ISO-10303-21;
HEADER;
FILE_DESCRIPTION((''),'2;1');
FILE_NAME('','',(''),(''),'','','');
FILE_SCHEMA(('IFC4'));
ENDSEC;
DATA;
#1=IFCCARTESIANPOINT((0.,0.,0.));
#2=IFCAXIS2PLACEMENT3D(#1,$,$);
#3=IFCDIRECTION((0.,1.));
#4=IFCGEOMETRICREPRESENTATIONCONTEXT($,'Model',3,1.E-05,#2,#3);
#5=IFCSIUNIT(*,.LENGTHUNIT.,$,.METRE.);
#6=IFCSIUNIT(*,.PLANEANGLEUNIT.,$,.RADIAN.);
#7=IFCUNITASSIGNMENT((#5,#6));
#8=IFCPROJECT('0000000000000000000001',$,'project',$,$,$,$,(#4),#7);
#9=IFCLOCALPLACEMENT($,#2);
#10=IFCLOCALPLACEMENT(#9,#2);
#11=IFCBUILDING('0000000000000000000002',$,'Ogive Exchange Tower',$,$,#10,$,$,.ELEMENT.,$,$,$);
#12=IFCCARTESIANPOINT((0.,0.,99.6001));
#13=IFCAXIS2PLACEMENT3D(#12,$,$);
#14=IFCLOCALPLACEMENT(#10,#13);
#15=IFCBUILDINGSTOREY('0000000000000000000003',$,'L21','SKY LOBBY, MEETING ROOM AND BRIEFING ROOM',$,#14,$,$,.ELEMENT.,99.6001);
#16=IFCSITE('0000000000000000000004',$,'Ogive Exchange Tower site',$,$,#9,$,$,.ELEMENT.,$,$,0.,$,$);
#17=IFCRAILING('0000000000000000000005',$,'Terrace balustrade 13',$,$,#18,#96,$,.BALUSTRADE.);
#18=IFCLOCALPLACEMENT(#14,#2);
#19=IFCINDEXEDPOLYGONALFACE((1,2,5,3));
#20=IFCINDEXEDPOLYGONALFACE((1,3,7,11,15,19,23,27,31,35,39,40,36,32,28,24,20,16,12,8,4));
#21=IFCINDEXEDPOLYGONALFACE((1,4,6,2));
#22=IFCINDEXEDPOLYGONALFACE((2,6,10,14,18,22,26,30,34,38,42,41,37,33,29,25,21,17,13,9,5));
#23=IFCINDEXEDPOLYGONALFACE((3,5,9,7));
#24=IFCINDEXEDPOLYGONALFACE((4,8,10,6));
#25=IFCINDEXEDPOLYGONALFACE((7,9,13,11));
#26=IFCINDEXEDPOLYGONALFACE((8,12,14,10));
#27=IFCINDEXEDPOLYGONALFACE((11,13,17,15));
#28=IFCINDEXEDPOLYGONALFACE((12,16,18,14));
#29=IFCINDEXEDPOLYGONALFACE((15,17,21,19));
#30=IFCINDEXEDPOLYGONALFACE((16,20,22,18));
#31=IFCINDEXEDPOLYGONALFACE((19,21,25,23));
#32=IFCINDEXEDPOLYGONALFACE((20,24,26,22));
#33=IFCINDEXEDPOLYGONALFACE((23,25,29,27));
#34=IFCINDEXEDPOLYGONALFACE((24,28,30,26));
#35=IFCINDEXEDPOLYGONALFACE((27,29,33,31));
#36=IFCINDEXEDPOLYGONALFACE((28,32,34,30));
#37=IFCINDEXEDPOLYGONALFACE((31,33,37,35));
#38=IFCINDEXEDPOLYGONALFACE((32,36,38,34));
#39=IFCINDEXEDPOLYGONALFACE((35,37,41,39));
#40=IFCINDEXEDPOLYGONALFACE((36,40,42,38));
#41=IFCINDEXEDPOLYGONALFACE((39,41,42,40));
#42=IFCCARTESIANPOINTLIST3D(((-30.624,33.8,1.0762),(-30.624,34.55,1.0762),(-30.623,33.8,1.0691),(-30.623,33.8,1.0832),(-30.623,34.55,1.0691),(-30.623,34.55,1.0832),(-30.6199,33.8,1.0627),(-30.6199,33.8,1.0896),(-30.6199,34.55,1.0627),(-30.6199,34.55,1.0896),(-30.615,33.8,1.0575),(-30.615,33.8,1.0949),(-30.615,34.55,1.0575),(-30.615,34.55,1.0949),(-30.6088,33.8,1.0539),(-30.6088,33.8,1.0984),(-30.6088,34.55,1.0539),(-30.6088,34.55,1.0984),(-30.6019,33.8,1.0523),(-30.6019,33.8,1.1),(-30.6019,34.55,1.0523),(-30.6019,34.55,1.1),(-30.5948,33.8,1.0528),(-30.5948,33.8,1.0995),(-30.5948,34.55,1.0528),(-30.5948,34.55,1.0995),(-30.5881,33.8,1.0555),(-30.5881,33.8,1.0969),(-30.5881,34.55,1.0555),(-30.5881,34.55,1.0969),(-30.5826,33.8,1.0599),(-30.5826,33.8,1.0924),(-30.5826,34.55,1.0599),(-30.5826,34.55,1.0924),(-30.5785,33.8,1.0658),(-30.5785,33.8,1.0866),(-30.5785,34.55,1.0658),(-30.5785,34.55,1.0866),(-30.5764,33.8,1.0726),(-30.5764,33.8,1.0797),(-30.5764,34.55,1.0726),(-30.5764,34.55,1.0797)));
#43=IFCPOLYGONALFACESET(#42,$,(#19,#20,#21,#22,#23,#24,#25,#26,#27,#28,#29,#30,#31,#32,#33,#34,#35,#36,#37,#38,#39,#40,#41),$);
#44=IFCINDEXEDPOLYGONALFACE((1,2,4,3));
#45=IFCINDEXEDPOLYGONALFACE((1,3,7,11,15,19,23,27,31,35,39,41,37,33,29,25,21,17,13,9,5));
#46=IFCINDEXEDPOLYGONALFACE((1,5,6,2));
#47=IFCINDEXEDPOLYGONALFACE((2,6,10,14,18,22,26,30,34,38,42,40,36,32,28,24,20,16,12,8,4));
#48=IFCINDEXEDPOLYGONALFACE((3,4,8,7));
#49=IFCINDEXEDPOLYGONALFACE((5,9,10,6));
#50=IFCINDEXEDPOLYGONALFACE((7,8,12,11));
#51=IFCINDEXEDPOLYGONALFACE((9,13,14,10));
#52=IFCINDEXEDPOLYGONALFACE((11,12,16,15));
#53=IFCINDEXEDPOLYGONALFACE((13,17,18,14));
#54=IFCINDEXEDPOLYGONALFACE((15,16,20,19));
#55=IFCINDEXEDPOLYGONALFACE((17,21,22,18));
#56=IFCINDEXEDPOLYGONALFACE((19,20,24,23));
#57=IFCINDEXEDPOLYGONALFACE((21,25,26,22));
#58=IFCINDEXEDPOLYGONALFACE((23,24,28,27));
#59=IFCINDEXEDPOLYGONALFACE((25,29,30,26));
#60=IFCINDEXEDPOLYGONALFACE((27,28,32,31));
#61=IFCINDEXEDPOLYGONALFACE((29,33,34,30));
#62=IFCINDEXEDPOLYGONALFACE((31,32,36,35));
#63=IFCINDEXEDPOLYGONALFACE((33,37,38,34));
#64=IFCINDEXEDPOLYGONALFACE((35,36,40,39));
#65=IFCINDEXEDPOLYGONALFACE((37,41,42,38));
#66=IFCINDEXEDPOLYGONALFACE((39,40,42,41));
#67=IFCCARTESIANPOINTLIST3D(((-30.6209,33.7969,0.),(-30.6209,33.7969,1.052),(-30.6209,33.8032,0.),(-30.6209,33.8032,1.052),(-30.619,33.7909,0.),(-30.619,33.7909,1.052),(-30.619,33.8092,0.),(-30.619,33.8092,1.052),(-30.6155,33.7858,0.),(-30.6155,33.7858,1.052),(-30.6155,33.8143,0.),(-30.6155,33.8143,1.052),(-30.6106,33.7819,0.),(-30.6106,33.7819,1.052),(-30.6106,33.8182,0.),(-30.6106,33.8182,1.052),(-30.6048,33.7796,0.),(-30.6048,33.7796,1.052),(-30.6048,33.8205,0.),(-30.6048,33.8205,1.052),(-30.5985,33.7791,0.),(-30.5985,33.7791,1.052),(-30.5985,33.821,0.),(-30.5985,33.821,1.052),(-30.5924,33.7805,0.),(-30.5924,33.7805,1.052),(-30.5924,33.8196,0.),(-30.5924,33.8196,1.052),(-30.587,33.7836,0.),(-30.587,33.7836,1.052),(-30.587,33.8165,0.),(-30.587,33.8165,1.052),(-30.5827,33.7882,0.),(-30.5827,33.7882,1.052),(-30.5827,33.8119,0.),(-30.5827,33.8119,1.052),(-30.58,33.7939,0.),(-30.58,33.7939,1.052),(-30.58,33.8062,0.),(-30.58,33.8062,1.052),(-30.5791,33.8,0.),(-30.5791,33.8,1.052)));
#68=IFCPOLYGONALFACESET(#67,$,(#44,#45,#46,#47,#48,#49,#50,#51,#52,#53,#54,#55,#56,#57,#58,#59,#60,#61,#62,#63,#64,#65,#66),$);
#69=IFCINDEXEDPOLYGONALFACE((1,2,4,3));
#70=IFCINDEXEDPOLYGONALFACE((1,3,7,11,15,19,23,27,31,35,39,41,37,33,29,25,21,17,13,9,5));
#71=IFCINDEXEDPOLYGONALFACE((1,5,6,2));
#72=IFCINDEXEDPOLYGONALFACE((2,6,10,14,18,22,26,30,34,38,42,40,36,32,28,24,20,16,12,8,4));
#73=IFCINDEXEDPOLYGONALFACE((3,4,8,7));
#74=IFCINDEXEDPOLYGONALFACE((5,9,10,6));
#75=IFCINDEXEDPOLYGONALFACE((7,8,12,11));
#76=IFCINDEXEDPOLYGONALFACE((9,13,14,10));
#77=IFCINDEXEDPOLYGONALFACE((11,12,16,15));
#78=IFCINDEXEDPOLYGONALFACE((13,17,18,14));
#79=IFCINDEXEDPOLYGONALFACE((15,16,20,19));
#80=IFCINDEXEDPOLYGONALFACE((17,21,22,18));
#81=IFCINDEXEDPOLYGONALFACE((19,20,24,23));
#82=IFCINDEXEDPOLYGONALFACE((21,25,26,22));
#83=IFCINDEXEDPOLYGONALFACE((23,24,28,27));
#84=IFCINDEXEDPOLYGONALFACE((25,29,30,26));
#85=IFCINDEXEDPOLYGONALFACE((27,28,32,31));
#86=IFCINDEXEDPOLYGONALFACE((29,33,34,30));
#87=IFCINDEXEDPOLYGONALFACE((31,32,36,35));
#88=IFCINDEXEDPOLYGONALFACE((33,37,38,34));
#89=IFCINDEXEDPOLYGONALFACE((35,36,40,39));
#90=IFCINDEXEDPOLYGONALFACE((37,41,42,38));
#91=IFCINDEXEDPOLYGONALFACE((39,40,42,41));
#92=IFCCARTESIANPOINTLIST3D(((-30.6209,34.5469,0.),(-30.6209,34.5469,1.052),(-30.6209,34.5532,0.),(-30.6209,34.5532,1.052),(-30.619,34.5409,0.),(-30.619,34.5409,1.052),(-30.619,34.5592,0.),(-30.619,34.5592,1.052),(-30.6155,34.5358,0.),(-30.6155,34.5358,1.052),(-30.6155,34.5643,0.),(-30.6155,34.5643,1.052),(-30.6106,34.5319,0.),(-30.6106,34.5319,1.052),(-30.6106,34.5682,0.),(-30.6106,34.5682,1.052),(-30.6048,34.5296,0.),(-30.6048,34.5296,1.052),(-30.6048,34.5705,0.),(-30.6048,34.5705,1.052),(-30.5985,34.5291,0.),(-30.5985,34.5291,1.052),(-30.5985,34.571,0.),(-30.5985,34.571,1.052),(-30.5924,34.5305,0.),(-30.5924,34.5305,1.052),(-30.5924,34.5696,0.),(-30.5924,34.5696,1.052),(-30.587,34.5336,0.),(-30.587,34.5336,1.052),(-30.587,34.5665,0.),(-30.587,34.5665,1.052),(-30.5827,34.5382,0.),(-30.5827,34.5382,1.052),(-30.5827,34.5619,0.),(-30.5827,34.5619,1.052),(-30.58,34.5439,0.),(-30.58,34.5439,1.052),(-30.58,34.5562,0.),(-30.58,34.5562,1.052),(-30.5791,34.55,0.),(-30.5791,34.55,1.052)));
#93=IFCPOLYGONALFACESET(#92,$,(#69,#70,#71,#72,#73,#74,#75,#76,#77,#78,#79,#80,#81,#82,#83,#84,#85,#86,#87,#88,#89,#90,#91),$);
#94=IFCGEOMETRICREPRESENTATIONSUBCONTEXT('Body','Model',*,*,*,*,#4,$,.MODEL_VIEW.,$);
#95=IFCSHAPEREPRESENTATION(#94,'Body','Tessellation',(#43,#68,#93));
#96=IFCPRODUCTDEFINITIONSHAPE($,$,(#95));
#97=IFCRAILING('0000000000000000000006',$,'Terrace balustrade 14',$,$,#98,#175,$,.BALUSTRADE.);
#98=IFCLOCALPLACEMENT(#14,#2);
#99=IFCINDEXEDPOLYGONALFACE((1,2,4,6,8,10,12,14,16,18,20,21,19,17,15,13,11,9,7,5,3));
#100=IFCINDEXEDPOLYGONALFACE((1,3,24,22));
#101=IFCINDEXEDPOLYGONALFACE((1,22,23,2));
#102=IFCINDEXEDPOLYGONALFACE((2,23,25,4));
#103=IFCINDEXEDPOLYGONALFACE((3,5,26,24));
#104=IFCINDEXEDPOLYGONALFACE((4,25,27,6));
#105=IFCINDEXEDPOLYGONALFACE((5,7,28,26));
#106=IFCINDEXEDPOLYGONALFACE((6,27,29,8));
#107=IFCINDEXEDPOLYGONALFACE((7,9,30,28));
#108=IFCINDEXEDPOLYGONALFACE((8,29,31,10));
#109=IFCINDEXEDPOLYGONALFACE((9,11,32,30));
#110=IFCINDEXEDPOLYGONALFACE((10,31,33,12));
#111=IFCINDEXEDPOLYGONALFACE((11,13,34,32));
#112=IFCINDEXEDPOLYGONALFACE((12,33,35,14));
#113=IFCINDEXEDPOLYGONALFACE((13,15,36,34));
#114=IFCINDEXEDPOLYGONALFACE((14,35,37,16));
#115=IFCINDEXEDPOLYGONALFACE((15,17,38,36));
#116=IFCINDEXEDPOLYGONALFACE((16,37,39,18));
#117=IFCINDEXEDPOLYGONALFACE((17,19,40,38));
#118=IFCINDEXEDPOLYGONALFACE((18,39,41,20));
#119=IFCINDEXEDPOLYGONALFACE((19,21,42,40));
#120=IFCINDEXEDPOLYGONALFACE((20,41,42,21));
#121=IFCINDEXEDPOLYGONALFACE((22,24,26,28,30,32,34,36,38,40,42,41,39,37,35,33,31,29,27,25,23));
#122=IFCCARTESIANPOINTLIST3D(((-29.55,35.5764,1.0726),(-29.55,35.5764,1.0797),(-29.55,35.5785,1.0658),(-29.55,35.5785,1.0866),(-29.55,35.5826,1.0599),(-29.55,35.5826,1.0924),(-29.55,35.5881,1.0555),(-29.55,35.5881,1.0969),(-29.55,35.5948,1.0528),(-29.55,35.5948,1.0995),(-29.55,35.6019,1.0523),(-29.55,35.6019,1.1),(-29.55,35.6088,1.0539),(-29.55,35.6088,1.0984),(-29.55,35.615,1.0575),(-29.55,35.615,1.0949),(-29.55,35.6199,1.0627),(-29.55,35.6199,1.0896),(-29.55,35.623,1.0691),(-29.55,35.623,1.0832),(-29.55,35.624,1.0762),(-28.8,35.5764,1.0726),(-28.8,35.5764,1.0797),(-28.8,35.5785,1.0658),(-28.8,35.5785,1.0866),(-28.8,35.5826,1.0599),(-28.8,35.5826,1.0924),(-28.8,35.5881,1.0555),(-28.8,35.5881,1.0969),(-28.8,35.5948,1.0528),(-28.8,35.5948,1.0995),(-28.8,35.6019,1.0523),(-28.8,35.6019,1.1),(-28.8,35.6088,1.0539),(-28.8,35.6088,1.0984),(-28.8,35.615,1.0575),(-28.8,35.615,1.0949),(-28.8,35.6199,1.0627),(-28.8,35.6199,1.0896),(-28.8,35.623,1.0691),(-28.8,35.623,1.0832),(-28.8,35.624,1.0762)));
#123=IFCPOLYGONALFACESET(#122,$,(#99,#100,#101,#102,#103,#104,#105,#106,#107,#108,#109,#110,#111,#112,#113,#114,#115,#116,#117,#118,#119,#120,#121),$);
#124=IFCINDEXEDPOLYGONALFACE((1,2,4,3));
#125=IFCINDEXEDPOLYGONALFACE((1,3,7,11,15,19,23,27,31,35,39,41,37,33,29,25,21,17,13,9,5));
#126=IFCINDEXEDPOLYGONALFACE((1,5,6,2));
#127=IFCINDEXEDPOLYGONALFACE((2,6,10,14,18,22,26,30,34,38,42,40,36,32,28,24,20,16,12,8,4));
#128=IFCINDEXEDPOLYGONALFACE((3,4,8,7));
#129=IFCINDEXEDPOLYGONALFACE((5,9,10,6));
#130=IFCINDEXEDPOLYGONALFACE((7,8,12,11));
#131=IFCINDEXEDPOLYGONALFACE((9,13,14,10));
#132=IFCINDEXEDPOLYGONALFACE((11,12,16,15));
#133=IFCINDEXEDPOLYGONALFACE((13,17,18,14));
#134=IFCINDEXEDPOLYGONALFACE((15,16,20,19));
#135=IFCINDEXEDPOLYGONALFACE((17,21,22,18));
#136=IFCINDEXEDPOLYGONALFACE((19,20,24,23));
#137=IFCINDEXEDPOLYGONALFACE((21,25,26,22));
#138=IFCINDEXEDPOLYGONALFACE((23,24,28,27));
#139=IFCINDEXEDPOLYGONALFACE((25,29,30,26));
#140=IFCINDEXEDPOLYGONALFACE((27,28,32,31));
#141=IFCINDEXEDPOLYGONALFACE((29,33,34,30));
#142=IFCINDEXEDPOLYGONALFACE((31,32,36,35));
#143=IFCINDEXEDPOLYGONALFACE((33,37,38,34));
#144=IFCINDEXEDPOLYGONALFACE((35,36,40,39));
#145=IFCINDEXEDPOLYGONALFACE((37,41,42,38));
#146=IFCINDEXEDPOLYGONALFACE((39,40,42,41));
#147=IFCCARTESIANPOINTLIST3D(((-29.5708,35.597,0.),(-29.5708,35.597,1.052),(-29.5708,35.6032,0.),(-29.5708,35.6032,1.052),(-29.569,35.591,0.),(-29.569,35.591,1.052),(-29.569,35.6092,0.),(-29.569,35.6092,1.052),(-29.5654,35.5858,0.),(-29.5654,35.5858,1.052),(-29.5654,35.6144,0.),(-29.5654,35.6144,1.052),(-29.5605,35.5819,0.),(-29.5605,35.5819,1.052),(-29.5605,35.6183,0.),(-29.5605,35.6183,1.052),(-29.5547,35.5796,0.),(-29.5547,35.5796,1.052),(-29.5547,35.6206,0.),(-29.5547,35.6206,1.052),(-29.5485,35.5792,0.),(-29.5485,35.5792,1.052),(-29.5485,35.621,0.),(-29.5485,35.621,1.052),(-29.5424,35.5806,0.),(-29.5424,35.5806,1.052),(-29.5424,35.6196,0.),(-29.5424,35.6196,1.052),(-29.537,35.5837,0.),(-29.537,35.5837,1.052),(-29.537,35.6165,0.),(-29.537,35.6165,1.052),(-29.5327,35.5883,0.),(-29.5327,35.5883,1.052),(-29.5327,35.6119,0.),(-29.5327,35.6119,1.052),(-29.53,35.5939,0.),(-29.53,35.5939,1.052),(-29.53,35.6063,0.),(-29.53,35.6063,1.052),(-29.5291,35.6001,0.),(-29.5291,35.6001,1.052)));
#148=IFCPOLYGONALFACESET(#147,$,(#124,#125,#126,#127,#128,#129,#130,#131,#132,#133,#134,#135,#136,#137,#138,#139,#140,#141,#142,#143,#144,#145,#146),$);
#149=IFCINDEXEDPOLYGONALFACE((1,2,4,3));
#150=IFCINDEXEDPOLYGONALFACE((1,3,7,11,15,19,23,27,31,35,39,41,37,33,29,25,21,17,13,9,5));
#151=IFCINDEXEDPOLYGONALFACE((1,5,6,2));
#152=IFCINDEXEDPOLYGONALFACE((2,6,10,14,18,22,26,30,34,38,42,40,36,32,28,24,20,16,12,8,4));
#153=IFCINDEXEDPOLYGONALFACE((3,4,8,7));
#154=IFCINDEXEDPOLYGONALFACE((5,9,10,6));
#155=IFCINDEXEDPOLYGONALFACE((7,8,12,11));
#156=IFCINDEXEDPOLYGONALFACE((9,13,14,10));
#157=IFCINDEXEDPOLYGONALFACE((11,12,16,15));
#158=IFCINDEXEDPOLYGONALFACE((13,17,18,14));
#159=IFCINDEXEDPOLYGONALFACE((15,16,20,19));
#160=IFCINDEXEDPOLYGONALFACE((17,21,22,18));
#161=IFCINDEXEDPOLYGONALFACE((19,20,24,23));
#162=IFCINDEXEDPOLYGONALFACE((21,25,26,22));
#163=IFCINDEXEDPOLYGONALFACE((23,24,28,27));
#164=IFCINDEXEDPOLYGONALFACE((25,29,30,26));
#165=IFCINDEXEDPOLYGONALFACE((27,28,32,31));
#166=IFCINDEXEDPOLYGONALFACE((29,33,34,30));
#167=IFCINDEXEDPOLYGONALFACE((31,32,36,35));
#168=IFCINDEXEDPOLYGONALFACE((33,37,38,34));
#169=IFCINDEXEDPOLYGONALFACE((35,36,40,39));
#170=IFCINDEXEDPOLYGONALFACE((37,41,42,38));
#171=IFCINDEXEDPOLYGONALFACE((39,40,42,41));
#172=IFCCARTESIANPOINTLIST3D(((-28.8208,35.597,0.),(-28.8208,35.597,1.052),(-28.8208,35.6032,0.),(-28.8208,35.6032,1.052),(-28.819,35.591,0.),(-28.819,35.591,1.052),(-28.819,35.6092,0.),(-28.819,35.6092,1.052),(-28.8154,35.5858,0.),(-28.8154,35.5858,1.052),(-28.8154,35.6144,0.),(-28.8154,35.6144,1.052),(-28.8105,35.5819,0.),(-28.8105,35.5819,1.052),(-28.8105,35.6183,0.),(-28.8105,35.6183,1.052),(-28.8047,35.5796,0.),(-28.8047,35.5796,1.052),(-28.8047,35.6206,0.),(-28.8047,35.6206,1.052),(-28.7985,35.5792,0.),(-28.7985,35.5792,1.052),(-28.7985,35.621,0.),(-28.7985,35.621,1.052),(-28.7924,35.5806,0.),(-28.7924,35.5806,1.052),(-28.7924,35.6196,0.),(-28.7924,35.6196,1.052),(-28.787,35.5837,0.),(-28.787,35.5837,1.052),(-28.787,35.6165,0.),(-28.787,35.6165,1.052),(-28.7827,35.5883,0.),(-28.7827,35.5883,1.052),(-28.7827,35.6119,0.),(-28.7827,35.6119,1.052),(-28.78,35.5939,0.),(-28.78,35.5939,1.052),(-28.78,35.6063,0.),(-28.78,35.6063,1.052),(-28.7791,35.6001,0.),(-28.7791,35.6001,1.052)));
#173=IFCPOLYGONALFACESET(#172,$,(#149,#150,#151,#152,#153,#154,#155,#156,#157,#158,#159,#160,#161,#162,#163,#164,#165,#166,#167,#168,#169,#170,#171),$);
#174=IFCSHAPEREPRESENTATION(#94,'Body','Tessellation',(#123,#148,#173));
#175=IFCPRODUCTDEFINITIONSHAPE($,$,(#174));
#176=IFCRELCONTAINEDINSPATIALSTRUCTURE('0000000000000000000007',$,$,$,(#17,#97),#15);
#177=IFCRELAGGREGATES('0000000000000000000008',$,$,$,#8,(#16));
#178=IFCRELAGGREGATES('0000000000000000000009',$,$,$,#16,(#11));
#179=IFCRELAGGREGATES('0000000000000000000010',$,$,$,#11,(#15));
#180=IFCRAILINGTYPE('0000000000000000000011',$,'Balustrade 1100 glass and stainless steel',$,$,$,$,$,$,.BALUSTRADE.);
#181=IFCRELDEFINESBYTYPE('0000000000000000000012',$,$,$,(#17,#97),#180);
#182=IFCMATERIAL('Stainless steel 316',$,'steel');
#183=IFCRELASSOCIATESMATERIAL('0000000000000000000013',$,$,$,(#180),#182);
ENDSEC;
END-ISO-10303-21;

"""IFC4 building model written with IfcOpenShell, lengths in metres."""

from ifc_helpers import new_model, si_unit, direction, frame, origin, origin_2d, place, context, subcontext, project, spatial, circle, extrude, material, type_object, element, save


model = new_model("IFC4")

# Units and contexts
model_context = context("Model", 3, precision=1e-05, world=origin(), true_north=direction((0.0, 1.0)))
body_context = subcontext(model_context, "Body", "Model", "MODEL_VIEW")
ifc_project = project(units=[si_unit("LENGTHUNIT", "METRE"), si_unit("PLANEANGLEUNIT", "RADIAN")], contexts=[model_context])

# Site, building, storey
site_placement = place(None, origin())
site = spatial("IfcSite", under=ifc_project, at=site_placement, Name="Ogive Exchange Tower site", CompositionType="ELEMENT", RefElevation=0.0)
building_placement = place(site_placement, origin())
building = spatial("IfcBuilding", under=site, at=building_placement, Name="Ogive Exchange Tower", CompositionType="ELEMENT")
storey_placement = place(building_placement, frame((0.0, 0.0, 99.6001)))
storey = spatial("IfcBuildingStorey", under=building, at=storey_placement, Name="L21", Description="SKY LOBBY, MEETING ROOM AND BRIEFING ROOM", CompositionType="ELEMENT", Elevation=99.6001)

# Railings
ifc_material_1 = material(Name="Stainless steel 316", Category="steel")
railing_type_1 = type_object("IfcRailingType", Name="Balustrade 1100 glass and stainless steel", PredefinedType="BALUSTRADE", material=ifc_material_1)
railing_1_placement = place(storey_placement, frame((-30.6001, 33.8, 0.0)))
element("IfcRailing", 1, at=railing_1_placement, inside=storey, type_object=railing_type_1, Name="Terrace balustrade 13", PredefinedType="BALUSTRADE", context=body_context, shape_type="SweptSolid", body=[
    extrude(circle(Radius=0.0239, at=origin_2d()), frame((0.0, 0.0, 1.0762), z_axis=(0.0, 1.0, 0.0), x_axis=(-1.0, 0.0, 0.0)), (0.0, 0.0, 1.0), 0.75),
    extrude(circle(Radius=0.021, at=origin_2d()), origin(), (0.0, 0.0, 1.0), 1.052),
    extrude(circle(Radius=0.021, at=origin_2d()), frame((0.0, 0.75, 0.0)), (0.0, 0.0, 1.0), 1.052),
])
railing_2_placement = place(storey_placement, frame((-29.55, 35.6001, 0.0)))
element("IfcRailing", 2, at=railing_2_placement, inside=storey, type_object=railing_type_1, Name="Terrace balustrade 14", PredefinedType="BALUSTRADE", context=body_context, shape_type="SweptSolid", body=[
    extrude(circle(Radius=0.0239, at=origin_2d()), frame((0.0, 0.0, 1.0762), z_axis=(1.0, 0.0, 0.0), x_axis=(0.0, 1.0, 0.0)), (0.0, 0.0, 1.0), 0.75),
    extrude(circle(Radius=0.021, at=origin_2d()), origin(), (0.0, 0.0, 1.0), 1.052),
    extrude(circle(Radius=0.021, at=origin_2d()), frame((0.75, 0.0, 0.0)), (0.0, 0.0, 1.0), 1.052),
])

save(model, "model.ifc")
